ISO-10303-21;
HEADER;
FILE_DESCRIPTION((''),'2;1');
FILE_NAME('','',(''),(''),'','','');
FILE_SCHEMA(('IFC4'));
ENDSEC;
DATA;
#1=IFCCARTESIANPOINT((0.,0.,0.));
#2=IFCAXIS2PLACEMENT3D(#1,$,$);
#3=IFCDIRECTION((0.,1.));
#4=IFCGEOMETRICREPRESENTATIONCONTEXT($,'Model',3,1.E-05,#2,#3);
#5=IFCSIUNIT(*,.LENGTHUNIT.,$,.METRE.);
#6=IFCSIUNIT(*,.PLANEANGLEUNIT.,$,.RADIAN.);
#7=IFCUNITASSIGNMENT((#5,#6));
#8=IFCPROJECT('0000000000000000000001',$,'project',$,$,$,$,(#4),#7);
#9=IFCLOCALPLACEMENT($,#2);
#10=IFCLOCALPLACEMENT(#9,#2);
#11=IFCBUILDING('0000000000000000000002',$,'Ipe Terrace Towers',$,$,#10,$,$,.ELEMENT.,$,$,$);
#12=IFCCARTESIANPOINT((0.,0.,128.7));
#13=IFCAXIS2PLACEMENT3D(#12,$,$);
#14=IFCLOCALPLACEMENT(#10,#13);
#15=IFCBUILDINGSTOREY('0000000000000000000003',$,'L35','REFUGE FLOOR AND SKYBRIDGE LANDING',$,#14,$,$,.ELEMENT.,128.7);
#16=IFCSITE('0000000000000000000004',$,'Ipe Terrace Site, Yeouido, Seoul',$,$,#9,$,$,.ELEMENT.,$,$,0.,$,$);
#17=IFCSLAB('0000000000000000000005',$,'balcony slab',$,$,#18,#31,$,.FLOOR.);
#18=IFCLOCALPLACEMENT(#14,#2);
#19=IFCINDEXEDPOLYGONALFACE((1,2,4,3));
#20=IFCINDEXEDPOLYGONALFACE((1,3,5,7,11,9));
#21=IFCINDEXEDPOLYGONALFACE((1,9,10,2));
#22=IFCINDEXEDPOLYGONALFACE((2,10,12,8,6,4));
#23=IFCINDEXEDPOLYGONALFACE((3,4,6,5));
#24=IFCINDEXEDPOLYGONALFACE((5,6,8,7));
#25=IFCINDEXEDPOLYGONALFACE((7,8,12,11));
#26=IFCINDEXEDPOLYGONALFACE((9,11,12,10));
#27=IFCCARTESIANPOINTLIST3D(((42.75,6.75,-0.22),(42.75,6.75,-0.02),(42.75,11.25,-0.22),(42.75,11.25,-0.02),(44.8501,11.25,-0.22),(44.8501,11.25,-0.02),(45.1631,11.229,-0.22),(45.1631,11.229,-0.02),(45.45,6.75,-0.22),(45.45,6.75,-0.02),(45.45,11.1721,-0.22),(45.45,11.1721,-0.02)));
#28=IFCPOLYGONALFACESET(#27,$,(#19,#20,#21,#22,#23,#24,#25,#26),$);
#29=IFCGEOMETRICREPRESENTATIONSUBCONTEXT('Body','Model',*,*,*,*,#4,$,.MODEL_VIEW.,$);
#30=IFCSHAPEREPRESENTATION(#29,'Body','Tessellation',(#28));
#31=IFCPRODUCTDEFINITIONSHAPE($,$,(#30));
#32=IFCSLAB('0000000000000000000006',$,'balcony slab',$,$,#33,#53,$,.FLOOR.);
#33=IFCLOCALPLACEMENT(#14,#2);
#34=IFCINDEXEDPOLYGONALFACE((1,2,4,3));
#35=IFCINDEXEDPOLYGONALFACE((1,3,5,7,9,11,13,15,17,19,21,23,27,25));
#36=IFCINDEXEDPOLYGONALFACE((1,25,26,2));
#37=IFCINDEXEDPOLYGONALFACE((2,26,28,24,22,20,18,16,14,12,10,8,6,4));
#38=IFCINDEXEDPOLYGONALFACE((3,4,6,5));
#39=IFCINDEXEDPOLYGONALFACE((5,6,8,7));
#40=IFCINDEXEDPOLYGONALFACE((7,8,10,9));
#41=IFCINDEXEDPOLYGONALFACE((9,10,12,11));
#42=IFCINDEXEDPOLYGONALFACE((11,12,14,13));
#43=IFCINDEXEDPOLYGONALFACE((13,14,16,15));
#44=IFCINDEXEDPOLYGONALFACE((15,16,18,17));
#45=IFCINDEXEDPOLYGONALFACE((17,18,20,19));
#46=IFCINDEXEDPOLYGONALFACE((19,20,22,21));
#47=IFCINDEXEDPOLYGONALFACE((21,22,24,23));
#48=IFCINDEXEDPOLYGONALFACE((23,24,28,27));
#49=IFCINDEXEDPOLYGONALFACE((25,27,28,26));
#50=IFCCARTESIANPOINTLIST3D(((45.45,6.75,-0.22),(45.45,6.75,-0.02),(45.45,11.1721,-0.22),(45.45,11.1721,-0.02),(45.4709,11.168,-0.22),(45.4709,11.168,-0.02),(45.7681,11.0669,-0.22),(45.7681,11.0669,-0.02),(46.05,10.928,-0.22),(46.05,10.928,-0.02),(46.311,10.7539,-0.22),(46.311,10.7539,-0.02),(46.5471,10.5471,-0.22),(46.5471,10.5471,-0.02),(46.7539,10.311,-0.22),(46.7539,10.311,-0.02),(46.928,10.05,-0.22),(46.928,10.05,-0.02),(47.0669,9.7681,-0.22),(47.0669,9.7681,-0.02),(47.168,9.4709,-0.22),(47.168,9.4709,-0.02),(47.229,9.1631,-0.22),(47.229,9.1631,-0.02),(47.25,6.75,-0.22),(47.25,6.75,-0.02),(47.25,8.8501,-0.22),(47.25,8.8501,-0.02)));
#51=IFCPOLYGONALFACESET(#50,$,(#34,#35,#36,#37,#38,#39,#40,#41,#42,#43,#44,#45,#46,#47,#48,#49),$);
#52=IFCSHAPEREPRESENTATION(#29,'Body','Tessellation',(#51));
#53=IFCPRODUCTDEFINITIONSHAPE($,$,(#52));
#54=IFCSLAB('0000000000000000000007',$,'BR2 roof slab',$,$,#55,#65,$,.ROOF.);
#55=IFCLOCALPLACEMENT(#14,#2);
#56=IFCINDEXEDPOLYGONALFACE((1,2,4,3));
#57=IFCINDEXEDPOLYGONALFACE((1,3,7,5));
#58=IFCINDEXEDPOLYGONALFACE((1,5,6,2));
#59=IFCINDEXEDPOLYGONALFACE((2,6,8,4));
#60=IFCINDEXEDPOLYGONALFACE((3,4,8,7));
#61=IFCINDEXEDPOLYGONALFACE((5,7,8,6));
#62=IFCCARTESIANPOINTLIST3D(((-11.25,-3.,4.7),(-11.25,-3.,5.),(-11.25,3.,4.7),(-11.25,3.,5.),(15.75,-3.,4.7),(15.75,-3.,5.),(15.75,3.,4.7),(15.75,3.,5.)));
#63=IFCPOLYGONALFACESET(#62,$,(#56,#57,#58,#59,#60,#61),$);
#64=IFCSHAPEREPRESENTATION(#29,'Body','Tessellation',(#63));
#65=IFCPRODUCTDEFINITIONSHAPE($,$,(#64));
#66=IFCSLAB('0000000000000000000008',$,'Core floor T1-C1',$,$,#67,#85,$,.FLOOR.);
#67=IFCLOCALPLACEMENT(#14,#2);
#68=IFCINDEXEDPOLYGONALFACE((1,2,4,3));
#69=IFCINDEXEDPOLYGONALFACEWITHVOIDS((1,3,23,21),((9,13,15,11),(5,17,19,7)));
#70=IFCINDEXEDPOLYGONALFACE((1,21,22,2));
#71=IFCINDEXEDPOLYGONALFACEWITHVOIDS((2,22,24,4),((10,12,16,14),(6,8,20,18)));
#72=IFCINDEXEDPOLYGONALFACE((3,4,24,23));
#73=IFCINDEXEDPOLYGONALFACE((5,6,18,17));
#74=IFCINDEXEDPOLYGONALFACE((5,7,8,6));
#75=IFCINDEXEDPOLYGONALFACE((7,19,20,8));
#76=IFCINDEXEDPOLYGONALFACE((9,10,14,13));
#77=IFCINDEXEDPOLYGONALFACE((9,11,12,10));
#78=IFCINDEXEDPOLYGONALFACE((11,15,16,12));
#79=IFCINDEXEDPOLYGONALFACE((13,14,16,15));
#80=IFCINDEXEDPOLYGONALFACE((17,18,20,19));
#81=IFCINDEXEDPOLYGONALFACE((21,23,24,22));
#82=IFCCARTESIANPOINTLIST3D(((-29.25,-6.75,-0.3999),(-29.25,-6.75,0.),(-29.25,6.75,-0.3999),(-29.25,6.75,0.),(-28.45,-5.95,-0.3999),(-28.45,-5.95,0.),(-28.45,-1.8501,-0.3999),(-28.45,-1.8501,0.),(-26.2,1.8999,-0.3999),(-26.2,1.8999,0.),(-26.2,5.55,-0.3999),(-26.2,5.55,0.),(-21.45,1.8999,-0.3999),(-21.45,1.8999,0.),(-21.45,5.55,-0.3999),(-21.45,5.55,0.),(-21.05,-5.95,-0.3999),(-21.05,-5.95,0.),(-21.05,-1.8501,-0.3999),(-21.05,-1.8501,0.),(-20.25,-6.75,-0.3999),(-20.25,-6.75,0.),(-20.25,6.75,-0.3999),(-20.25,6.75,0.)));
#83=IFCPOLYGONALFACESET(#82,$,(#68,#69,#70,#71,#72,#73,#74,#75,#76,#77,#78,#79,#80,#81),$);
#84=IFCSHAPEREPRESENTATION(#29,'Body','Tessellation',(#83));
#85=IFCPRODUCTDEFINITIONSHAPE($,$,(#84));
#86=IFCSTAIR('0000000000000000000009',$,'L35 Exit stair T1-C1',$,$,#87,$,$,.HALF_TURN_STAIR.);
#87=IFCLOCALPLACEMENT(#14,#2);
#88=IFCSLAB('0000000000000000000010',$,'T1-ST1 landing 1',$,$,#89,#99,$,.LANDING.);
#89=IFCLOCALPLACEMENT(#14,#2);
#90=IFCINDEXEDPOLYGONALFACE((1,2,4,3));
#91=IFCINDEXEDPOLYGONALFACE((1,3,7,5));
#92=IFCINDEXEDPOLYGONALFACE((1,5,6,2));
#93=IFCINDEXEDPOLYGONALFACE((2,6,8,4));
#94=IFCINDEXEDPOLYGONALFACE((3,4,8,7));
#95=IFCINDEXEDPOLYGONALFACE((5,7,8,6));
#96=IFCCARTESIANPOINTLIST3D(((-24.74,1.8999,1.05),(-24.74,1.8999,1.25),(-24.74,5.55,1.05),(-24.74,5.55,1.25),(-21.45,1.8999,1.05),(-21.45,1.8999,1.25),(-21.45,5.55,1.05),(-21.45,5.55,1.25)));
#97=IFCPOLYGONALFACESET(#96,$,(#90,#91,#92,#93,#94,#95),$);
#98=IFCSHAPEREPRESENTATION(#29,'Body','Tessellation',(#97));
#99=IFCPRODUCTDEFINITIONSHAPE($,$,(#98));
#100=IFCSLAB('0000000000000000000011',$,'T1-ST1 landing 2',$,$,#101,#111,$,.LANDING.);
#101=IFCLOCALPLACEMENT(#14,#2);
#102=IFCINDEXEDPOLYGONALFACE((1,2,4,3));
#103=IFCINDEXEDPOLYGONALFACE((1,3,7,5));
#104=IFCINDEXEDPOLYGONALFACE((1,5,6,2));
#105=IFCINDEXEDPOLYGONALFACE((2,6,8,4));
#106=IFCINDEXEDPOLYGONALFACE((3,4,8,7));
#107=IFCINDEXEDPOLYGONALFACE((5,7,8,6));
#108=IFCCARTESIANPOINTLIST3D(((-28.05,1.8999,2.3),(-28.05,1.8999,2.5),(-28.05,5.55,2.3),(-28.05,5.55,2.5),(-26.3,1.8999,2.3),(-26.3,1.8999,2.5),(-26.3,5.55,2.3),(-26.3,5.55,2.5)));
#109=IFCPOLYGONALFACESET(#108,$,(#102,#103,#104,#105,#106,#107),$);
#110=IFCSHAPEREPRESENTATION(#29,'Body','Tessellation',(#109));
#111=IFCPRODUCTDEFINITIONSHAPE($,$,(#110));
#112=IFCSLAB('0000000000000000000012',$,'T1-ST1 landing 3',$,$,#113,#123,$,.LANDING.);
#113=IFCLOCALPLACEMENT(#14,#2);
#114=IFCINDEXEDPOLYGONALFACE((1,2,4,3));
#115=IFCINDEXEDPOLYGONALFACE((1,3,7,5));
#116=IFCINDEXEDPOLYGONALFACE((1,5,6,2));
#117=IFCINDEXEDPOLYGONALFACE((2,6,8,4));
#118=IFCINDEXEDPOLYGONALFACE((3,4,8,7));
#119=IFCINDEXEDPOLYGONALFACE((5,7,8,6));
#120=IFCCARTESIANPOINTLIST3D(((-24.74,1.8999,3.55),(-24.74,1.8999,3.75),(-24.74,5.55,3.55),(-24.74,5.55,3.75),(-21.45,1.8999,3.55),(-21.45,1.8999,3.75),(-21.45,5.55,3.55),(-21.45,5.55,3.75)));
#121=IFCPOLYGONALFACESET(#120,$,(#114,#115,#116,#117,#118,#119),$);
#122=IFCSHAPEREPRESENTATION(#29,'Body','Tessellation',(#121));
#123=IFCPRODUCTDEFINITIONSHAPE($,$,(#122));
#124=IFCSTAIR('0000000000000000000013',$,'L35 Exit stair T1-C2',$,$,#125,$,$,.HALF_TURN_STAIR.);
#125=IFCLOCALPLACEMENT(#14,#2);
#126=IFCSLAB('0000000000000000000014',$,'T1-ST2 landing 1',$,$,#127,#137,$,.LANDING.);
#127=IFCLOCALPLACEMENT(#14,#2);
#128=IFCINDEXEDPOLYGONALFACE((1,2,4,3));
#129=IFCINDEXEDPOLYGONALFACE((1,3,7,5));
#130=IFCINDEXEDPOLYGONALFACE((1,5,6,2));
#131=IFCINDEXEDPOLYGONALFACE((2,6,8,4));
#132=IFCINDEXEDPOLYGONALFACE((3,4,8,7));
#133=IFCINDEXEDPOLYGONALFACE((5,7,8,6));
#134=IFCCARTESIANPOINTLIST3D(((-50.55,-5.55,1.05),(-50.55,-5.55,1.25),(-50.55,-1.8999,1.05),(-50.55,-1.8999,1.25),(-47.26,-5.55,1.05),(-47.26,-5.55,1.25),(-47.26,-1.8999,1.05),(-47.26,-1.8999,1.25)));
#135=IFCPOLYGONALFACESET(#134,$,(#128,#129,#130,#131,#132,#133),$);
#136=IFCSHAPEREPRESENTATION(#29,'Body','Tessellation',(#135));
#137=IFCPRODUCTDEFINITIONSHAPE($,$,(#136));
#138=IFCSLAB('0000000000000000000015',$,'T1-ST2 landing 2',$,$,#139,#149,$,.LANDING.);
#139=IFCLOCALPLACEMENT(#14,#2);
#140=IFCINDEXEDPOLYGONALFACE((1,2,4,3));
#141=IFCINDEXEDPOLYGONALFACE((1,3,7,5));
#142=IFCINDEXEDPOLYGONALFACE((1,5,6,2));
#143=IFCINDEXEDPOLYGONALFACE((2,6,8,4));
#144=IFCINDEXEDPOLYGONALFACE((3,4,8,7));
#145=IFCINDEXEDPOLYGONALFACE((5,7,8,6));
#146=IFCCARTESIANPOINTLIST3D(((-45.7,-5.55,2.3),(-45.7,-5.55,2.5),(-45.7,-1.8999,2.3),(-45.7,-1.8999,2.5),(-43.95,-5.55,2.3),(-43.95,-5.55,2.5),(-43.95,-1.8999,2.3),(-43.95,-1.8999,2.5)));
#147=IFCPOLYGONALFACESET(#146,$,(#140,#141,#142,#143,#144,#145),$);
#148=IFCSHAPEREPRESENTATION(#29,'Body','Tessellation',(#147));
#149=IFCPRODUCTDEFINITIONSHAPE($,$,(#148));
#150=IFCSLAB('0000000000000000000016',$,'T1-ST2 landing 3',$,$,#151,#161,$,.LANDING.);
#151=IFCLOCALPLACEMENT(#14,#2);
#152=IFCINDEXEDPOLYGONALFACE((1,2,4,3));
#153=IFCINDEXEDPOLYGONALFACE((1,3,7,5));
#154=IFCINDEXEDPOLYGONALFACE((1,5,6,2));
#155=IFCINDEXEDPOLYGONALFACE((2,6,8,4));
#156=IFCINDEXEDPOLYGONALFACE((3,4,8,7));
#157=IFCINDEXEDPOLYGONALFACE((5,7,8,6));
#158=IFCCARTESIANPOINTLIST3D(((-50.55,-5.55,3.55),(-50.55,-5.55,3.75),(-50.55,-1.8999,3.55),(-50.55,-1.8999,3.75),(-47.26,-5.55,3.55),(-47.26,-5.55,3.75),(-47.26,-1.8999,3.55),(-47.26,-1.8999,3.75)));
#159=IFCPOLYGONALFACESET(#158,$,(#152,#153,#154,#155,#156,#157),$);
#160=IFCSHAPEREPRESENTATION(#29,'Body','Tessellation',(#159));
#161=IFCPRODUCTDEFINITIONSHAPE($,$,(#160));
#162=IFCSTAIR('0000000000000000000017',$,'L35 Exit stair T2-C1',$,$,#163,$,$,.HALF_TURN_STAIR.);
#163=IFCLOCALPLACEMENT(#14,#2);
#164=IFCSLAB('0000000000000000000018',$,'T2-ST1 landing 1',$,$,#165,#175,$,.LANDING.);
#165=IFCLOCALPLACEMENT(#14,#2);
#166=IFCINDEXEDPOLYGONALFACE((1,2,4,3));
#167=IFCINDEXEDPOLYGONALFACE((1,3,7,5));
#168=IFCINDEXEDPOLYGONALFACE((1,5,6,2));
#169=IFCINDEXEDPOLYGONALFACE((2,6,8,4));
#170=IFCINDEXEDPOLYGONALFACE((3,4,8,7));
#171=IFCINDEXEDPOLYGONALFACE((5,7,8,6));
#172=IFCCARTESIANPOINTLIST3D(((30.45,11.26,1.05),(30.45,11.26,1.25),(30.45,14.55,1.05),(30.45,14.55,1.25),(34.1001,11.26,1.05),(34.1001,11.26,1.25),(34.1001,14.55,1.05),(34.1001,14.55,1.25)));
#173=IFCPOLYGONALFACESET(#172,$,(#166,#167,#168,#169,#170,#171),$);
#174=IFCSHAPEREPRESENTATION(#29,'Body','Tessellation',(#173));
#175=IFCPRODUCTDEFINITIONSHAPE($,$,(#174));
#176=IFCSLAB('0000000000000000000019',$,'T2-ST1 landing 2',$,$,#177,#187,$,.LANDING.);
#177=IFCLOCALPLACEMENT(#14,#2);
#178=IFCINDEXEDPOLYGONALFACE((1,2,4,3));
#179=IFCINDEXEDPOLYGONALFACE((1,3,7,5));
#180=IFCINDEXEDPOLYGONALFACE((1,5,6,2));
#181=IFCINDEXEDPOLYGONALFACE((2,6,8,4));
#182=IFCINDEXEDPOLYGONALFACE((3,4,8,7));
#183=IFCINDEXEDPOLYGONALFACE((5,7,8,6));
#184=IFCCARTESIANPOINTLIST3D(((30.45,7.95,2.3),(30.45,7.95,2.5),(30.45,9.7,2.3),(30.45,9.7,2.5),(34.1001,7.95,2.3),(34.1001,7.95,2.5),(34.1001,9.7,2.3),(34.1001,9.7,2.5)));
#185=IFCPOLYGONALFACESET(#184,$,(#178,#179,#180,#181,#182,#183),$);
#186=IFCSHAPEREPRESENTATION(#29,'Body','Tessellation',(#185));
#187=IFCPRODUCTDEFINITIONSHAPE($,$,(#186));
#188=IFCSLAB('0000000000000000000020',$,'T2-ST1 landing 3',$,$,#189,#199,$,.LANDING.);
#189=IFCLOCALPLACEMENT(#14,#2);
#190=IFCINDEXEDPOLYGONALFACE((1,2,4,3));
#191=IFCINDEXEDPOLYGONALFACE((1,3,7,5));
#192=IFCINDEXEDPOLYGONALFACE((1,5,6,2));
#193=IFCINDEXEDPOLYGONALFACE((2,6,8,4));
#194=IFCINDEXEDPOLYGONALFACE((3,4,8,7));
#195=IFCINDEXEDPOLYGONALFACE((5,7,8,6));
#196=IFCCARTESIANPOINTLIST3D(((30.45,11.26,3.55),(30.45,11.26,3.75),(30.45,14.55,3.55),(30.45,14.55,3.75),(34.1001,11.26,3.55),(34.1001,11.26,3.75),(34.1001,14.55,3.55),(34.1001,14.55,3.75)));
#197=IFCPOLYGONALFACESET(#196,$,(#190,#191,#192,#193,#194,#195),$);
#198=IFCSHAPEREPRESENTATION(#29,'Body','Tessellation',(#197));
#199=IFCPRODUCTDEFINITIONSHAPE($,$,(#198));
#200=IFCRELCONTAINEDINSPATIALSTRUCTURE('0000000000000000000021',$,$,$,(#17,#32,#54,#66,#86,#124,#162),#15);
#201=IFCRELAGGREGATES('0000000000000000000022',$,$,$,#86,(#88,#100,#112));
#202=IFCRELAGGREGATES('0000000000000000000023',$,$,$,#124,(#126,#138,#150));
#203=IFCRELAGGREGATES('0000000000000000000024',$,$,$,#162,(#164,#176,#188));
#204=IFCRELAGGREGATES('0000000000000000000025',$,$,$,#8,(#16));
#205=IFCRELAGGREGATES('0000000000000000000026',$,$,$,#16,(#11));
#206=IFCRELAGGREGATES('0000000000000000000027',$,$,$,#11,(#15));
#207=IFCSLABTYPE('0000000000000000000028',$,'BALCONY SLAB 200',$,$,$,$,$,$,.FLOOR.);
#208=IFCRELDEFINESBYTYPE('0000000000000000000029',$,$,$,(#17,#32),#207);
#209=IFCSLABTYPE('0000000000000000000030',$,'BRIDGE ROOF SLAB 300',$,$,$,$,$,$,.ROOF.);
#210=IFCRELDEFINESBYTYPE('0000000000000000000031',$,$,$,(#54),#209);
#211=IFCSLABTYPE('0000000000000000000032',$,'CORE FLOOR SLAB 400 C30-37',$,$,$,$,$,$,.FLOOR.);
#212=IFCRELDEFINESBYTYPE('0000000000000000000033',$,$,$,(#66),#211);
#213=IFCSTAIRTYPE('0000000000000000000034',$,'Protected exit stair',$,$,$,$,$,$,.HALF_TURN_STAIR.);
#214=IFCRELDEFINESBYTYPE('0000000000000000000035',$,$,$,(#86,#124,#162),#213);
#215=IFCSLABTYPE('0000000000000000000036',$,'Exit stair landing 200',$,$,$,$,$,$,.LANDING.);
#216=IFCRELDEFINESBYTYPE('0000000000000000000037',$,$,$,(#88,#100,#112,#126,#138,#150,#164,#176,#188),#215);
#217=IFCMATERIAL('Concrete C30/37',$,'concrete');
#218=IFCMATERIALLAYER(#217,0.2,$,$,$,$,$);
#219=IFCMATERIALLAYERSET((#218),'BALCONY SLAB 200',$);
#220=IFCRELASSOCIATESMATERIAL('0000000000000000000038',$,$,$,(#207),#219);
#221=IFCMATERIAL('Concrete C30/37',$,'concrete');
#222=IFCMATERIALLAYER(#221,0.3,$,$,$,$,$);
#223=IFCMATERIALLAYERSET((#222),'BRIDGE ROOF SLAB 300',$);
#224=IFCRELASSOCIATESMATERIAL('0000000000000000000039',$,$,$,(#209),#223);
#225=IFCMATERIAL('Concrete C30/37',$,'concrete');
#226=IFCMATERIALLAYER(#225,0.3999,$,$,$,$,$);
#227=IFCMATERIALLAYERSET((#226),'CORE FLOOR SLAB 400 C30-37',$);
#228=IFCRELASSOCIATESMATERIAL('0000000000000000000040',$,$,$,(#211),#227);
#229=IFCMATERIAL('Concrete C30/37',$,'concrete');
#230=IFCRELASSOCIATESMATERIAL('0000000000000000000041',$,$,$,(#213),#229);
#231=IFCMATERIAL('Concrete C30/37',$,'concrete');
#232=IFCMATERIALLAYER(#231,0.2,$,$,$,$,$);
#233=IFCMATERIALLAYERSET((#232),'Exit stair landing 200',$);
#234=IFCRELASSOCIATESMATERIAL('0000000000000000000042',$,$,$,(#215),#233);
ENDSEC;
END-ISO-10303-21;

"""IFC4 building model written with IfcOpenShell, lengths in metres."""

from ifc_helpers import new_model, si_unit, direction, frame, origin, place, context, subcontext, project, spatial, polyline, outline, extrude, material, layer, layer_set, type_object, element, aggregate, save


model = new_model("IFC4")

# Units and contexts
model_context = context("Model", 3, precision=1e-05, world=origin(), true_north=direction((0.0, 1.0)))
body_context = subcontext(model_context, "Body", "Model", "MODEL_VIEW")
ifc_project = project(units=[si_unit("LENGTHUNIT", "METRE"), si_unit("PLANEANGLEUNIT", "RADIAN")], contexts=[model_context])

# Site, building, storey
site_placement = place(None, origin())
site = spatial("IfcSite", under=ifc_project, at=site_placement, Name="Ipe Terrace Site, Yeouido, Seoul", CompositionType="ELEMENT", RefElevation=0.0)
building_placement = place(site_placement, origin())
building = spatial("IfcBuilding", under=site, at=building_placement, Name="Ipe Terrace Towers", CompositionType="ELEMENT")
storey_placement = place(building_placement, frame((0.0, 0.0, 128.7)))
storey = spatial("IfcBuildingStorey", under=building, at=storey_placement, Name="L35", Description="REFUGE FLOOR AND SKYBRIDGE LANDING", CompositionType="ELEMENT", Elevation=128.7)

# Slabs
ifc_material_1 = material(Name="Concrete C30/37", Category="concrete")
ifc_layer_1 = layer(ifc_material_1, 0.2)
ifc_layer_set_1 = layer_set([ifc_layer_1], Name="BALCONY SLAB 200")
slab_type_1 = type_object("IfcSlabType", Name="BALCONY SLAB 200", PredefinedType="FLOOR", material=ifc_layer_set_1)
slab_1_placement = place(storey_placement, frame((0.0, 0.0, -0.22)))
element("IfcSlab", 1, at=slab_1_placement, inside=storey, type_object=slab_type_1, Name="balcony slab", PredefinedType="FLOOR", context=body_context, shape_type="SweptSolid", body=[
    extrude(outline(polyline([(45.1631, 11.229), (44.8501, 11.25), (42.75, 11.25), (42.75, 6.75), (45.45, 6.75), (45.45, 11.1721), (45.1631, 11.229)])), origin(), (0.0, 0.0, 1.0), 0.2),
])
slab_2_placement = place(storey_placement, frame((0.0, 0.0, -0.22)))
element("IfcSlab", 2, at=slab_2_placement, inside=storey, type_object=slab_type_1, Name="balcony slab", PredefinedType="FLOOR", context=body_context, shape_type="SweptSolid", body=[
    extrude(outline(polyline([(47.25, 6.75), (47.25, 8.8501), (47.229, 9.1631), (47.168, 9.4709), (47.0669, 9.7681), (46.928, 10.05), (46.7539, 10.311), (46.5471, 10.5471), (46.311, 10.7539), (46.05, 10.928), (45.7681, 11.0669), (45.4709, 11.168), (45.45, 11.1721), (45.45, 6.75), (47.25, 6.75)])), origin(), (0.0, 0.0, 1.0), 0.2),
])
ifc_material_2 = material(Name="Concrete C30/37", Category="concrete")
ifc_layer_2 = layer(ifc_material_2, 0.3)
ifc_layer_set_2 = layer_set([ifc_layer_2], Name="BRIDGE ROOF SLAB 300")
slab_type_2 = type_object("IfcSlabType", Name="BRIDGE ROOF SLAB 300", PredefinedType="ROOF", material=ifc_layer_set_2)
slab_3_placement = place(storey_placement, frame((0.0, 0.0, 4.7)))
element("IfcSlab", 3, at=slab_3_placement, inside=storey, type_object=slab_type_2, Name="BR2 roof slab", PredefinedType="ROOF", context=body_context, shape_type="SweptSolid", body=[
    extrude(outline(polyline([(-11.25, -3.0), (15.75, -3.0), (15.75, 3.0), (-11.25, 3.0), (-11.25, -3.0)])), origin(), (0.0, 0.0, 1.0), 0.3),
])
ifc_material_3 = material(Name="Concrete C30/37", Category="concrete")
ifc_layer_3 = layer(ifc_material_3, 0.3999)
ifc_layer_set_3 = layer_set([ifc_layer_3], Name="CORE FLOOR SLAB 400 C30-37")
slab_type_3 = type_object("IfcSlabType", Name="CORE FLOOR SLAB 400 C30-37", PredefinedType="FLOOR", material=ifc_layer_set_3)
slab_4_placement = place(storey_placement, frame((0.0, 0.0, -0.3999)))
element("IfcSlab", 4, at=slab_4_placement, inside=storey, type_object=slab_type_3, Name="Core floor T1-C1", PredefinedType="FLOOR", context=body_context, shape_type="SweptSolid", body=[
    extrude(outline(polyline([(-29.25, -6.75), (-29.25, 6.75), (-20.25, 6.75), (-20.25, -6.75), (-29.25, -6.75)]), holes=[polyline([(-28.45, -5.95), (-21.05, -5.95), (-21.05, -1.8501), (-28.45, -1.8501), (-28.45, -5.95)]), polyline([(-26.2, 5.55), (-26.2, 1.8999), (-21.45, 1.8999), (-21.45, 5.55), (-26.2, 5.55)])]), origin(), (0.0, 0.0, 1.0), 0.3999),
])

# Stairs, slabs
ifc_material_4 = material(Name="Concrete C30/37", Category="concrete")
stair_type = type_object("IfcStairType", Name="Protected exit stair", PredefinedType="HALF_TURN_STAIR", material=ifc_material_4)
stair_1_placement = place(storey_placement, origin())
stair_1 = element("IfcStair", 5, at=stair_1_placement, inside=storey, type_object=stair_type, Name="L35 Exit stair T1-C1", PredefinedType="HALF_TURN_STAIR")
ifc_material_5 = material(Name="Concrete C30/37", Category="concrete")
ifc_layer_4 = layer(ifc_material_5, 0.2)
ifc_layer_set_4 = layer_set([ifc_layer_4], Name="Exit stair landing 200")
slab_type_4 = type_object("IfcSlabType", Name="Exit stair landing 200", PredefinedType="LANDING", material=ifc_layer_set_4)
slab_5_placement = place(storey_placement, frame((0.0, 0.0, 1.05)))
slab_5 = element("IfcSlab", 6, at=slab_5_placement, type_object=slab_type_4, Name="T1-ST1 landing 1", PredefinedType="LANDING", context=body_context, shape_type="SweptSolid", body=[
    extrude(outline(polyline([(-24.74, 1.8999), (-21.45, 1.8999), (-21.45, 5.55), (-24.74, 5.55), (-24.74, 1.8999)])), origin(), (0.0, 0.0, 1.0), 0.2),
])
slab_6_placement = place(storey_placement, frame((0.0, 0.0, 2.3)))
slab_6 = element("IfcSlab", 7, at=slab_6_placement, type_object=slab_type_4, Name="T1-ST1 landing 2", PredefinedType="LANDING", context=body_context, shape_type="SweptSolid", body=[
    extrude(outline(polyline([(-28.05, 1.8999), (-26.3, 1.8999), (-26.3, 5.55), (-28.05, 5.55), (-28.05, 1.8999)])), origin(), (0.0, 0.0, 1.0), 0.2),
])
slab_7_placement = place(storey_placement, frame((0.0, 0.0, 3.55)))
slab_7 = element("IfcSlab", 8, at=slab_7_placement, type_object=slab_type_4, Name="T1-ST1 landing 3", PredefinedType="LANDING", context=body_context, shape_type="SweptSolid", body=[
    extrude(outline(polyline([(-24.74, 1.8999), (-21.45, 1.8999), (-21.45, 5.55), (-24.74, 5.55), (-24.74, 1.8999)])), origin(), (0.0, 0.0, 1.0), 0.2),
])
aggregate(stair_1, [slab_5, slab_6, slab_7])
stair_2_placement = place(storey_placement, origin())
stair_2 = element("IfcStair", 9, at=stair_2_placement, inside=storey, type_object=stair_type, Name="L35 Exit stair T1-C2", PredefinedType="HALF_TURN_STAIR")
slab_8_placement = place(storey_placement, frame((0.0, 0.0, 1.05)))
slab_8 = element("IfcSlab", 10, at=slab_8_placement, type_object=slab_type_4, Name="T1-ST2 landing 1", PredefinedType="LANDING", context=body_context, shape_type="SweptSolid", body=[
    extrude(outline(polyline([(-47.26, -1.8999), (-50.55, -1.8999), (-50.55, -5.55), (-47.26, -5.55), (-47.26, -1.8999)])), origin(), (0.0, 0.0, 1.0), 0.2),
])
slab_9_placement = place(storey_placement, frame((0.0, 0.0, 2.3)))
slab_9 = element("IfcSlab", 11, at=slab_9_placement, type_object=slab_type_4, Name="T1-ST2 landing 2", PredefinedType="LANDING", context=body_context, shape_type="SweptSolid", body=[
    extrude(outline(polyline([(-43.95, -1.8999), (-45.7, -1.8999), (-45.7, -5.55), (-43.95, -5.55), (-43.95, -1.8999)])), origin(), (0.0, 0.0, 1.0), 0.2),
])
slab_10_placement = place(storey_placement, frame((0.0, 0.0, 3.55)))
slab_10 = element("IfcSlab", 12, at=slab_10_placement, type_object=slab_type_4, Name="T1-ST2 landing 3", PredefinedType="LANDING", context=body_context, shape_type="SweptSolid", body=[
    extrude(outline(polyline([(-47.26, -1.8999), (-50.55, -1.8999), (-50.55, -5.55), (-47.26, -5.55), (-47.26, -1.8999)])), origin(), (0.0, 0.0, 1.0), 0.2),
])
aggregate(stair_2, [slab_8, slab_9, slab_10])
stair_3_placement = place(storey_placement, origin())
stair_3 = element("IfcStair", 13, at=stair_3_placement, inside=storey, type_object=stair_type, Name="L35 Exit stair T2-C1", PredefinedType="HALF_TURN_STAIR")
slab_11_placement = place(storey_placement, frame((0.0, 0.0, 1.05)))
slab_11 = element("IfcSlab", 14, at=slab_11_placement, type_object=slab_type_4, Name="T2-ST1 landing 1", PredefinedType="LANDING", context=body_context, shape_type="SweptSolid", body=[
    extrude(outline(polyline([(34.1001, 11.26), (34.1001, 14.55), (30.45, 14.55), (30.45, 11.26), (34.1001, 11.26)])), origin(), (0.0, 0.0, 1.0), 0.2),
])
slab_12_placement = place(storey_placement, frame((0.0, 0.0, 2.3)))
slab_12 = element("IfcSlab", 15, at=slab_12_placement, type_object=slab_type_4, Name="T2-ST1 landing 2", PredefinedType="LANDING", context=body_context, shape_type="SweptSolid", body=[
    extrude(outline(polyline([(34.1001, 7.95), (34.1001, 9.7), (30.45, 9.7), (30.45, 7.95), (34.1001, 7.95)])), origin(), (0.0, 0.0, 1.0), 0.2),
])
slab_13_placement = place(storey_placement, frame((0.0, 0.0, 3.55)))
slab_13 = element("IfcSlab", 16, at=slab_13_placement, type_object=slab_type_4, Name="T2-ST1 landing 3", PredefinedType="LANDING", context=body_context, shape_type="SweptSolid", body=[
    extrude(outline(polyline([(34.1001, 11.26), (34.1001, 14.55), (30.45, 14.55), (30.45, 11.26), (34.1001, 11.26)])), origin(), (0.0, 0.0, 1.0), 0.2),
])
aggregate(stair_3, [slab_11, slab_12, slab_13])

save(model, "model.ifc")
